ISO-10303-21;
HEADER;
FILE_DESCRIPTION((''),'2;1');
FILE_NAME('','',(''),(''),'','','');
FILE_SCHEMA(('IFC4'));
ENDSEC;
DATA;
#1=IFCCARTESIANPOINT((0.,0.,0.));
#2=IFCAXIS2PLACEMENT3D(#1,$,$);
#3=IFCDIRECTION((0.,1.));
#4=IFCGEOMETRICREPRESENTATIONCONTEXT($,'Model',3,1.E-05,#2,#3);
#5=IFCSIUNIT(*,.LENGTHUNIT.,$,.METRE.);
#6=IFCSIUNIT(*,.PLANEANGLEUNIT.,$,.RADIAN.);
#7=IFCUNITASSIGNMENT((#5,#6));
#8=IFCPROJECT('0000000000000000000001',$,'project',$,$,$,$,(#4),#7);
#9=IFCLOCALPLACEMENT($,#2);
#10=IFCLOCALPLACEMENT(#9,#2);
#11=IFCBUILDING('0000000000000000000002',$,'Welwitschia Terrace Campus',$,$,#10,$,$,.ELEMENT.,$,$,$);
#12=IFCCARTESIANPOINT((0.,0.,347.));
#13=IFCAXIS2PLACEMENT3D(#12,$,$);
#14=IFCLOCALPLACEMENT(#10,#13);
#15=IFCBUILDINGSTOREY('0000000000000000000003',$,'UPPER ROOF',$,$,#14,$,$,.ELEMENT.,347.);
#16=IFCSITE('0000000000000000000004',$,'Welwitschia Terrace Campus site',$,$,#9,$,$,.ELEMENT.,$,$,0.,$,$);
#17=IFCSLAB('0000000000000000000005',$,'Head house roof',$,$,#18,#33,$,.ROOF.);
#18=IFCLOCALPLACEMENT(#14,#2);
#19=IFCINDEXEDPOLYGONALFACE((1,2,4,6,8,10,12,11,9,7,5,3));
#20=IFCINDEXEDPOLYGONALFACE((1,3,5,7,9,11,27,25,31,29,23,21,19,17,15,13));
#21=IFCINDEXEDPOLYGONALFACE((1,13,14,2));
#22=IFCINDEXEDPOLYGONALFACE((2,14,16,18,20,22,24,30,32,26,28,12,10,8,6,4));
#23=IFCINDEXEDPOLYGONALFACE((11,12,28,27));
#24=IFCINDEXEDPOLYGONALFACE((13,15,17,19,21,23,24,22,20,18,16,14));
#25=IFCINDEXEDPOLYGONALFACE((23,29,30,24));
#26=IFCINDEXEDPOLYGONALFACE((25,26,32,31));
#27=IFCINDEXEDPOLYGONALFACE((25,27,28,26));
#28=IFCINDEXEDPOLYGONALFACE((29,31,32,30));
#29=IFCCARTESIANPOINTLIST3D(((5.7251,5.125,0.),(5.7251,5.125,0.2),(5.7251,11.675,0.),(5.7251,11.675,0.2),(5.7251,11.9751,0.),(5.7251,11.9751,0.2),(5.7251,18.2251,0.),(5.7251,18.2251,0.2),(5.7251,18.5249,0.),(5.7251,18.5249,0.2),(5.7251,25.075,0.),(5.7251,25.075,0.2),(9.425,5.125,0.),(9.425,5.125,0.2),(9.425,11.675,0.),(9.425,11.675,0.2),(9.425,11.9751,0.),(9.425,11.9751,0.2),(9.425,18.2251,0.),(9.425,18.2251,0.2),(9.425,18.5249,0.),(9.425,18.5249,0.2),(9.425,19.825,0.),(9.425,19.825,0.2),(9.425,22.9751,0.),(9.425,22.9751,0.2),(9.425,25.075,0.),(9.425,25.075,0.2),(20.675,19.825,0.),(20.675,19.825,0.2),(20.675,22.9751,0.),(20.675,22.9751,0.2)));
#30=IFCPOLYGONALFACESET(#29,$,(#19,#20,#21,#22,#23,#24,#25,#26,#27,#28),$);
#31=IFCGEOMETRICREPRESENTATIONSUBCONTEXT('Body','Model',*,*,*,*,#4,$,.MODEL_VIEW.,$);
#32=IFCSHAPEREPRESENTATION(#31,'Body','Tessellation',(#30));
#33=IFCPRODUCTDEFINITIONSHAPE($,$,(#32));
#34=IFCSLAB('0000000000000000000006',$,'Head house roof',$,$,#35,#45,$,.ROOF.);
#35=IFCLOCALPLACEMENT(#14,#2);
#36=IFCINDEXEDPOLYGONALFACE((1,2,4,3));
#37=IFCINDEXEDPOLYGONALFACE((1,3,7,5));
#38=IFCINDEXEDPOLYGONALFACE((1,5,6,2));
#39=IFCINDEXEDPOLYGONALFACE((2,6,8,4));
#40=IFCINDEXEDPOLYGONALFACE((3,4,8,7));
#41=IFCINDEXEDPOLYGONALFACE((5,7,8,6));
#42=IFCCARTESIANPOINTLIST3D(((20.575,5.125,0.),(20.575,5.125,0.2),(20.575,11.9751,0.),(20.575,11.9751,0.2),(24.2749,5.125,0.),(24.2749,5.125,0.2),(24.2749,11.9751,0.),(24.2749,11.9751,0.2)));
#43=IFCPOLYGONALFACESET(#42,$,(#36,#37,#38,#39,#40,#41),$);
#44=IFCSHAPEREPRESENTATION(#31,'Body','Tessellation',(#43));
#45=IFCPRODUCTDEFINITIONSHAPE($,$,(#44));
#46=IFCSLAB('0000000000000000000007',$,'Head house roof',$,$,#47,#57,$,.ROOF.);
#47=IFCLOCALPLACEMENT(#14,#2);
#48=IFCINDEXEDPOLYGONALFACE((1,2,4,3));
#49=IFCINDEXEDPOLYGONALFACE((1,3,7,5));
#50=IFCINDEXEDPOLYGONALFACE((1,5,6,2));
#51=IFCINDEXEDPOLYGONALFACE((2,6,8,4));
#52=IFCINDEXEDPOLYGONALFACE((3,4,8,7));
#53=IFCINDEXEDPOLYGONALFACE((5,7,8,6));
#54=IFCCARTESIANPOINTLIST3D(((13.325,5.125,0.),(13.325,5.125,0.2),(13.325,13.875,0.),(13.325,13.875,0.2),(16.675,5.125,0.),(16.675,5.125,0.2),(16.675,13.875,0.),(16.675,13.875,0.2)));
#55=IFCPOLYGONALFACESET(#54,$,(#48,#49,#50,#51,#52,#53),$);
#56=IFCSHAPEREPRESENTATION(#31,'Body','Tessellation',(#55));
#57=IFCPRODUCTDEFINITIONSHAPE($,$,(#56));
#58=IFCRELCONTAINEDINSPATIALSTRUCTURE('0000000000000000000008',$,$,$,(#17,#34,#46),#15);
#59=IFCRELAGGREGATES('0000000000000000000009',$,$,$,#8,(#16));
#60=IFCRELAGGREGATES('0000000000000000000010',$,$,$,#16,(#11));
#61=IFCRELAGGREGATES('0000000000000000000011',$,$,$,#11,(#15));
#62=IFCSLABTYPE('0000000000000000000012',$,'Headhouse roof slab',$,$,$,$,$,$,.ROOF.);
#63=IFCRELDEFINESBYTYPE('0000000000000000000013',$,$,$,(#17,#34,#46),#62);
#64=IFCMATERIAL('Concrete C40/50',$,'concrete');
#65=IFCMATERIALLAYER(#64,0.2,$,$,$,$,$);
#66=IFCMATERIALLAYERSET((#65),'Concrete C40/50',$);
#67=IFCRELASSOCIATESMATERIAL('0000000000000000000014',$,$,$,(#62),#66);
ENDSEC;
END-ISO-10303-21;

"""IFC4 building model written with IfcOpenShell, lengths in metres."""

from ifc_helpers import new_model, si_unit, direction, frame, origin, place, context, subcontext, project, spatial, polyline, outline, extrude, material, layer, layer_set, type_object, element, save


model = new_model("IFC4")

# Units and contexts
model_context = context("Model", 3, precision=1e-05, world=origin(), true_north=direction((0.0, 1.0)))
body_context = subcontext(model_context, "Body", "Model", "MODEL_VIEW")
ifc_project = project(units=[si_unit("LENGTHUNIT", "METRE"), si_unit("PLANEANGLEUNIT", "RADIAN")], contexts=[model_context])

# Site, building, storey
site_placement = place(None, origin())
site = spatial("IfcSite", under=ifc_project, at=site_placement, Name="Welwitschia Terrace Campus site", CompositionType="ELEMENT", RefElevation=0.0)
building_placement = place(site_placement, origin())
building = spatial("IfcBuilding", under=site, at=building_placement, Name="Welwitschia Terrace Campus", CompositionType="ELEMENT")
storey_placement = place(building_placement, frame((0.0, 0.0, 347.0)))
storey = spatial("IfcBuildingStorey", under=building, at=storey_placement, Name="UPPER ROOF", CompositionType="ELEMENT", Elevation=347.0)

# Slabs
ifc_material = material(Name="Concrete C40/50", Category="concrete")
ifc_layer = layer(ifc_material, 0.2)
ifc_layer_set = layer_set([ifc_layer], Name="Concrete C40/50")
slab_type = type_object("IfcSlabType", Name="Headhouse roof slab", PredefinedType="ROOF", material=ifc_layer_set)
slab_1_placement = place(storey_placement, origin())
element("IfcSlab", 1, at=slab_1_placement, inside=storey, type_object=slab_type, Name="Head house roof", PredefinedType="ROOF", context=body_context, shape_type="SweptSolid", body=[
    extrude(outline(polyline([(5.7251, 11.675), (5.7251, 11.9751), (5.7251, 18.2251), (5.7251, 18.5249), (5.7251, 25.075), (9.425, 25.075), (9.425, 22.9751), (20.675, 22.9751), (20.675, 19.825), (9.425, 19.825), (9.425, 18.5249), (9.425, 18.2251), (9.425, 11.9751), (9.425, 11.675), (9.425, 5.125), (5.7251, 5.125), (5.7251, 11.675)])), origin(), (0.0, 0.0, 1.0), 0.2),
])
slab_2_placement = place(storey_placement, origin())
element("IfcSlab", 2, at=slab_2_placement, inside=storey, type_object=slab_type, Name="Head house roof", PredefinedType="ROOF", context=body_context, shape_type="SweptSolid", body=[
    extrude(outline(polyline([(24.2749, 11.9751), (24.2749, 5.125), (20.575, 5.125), (20.575, 11.9751), (24.2749, 11.9751)])), origin(), (0.0, 0.0, 1.0), 0.2),
])
slab_3_placement = place(storey_placement, origin())
element("IfcSlab", 3, at=slab_3_placement, inside=storey, type_object=slab_type, Name="Head house roof", PredefinedType="ROOF", context=body_context, shape_type="SweptSolid", body=[
    extrude(outline(polyline([(16.675, 13.875), (16.675, 5.125), (13.325, 5.125), (13.325, 13.875), (16.675, 13.875)])), origin(), (0.0, 0.0, 1.0), 0.2),
])

save(model, "model.ifc")
